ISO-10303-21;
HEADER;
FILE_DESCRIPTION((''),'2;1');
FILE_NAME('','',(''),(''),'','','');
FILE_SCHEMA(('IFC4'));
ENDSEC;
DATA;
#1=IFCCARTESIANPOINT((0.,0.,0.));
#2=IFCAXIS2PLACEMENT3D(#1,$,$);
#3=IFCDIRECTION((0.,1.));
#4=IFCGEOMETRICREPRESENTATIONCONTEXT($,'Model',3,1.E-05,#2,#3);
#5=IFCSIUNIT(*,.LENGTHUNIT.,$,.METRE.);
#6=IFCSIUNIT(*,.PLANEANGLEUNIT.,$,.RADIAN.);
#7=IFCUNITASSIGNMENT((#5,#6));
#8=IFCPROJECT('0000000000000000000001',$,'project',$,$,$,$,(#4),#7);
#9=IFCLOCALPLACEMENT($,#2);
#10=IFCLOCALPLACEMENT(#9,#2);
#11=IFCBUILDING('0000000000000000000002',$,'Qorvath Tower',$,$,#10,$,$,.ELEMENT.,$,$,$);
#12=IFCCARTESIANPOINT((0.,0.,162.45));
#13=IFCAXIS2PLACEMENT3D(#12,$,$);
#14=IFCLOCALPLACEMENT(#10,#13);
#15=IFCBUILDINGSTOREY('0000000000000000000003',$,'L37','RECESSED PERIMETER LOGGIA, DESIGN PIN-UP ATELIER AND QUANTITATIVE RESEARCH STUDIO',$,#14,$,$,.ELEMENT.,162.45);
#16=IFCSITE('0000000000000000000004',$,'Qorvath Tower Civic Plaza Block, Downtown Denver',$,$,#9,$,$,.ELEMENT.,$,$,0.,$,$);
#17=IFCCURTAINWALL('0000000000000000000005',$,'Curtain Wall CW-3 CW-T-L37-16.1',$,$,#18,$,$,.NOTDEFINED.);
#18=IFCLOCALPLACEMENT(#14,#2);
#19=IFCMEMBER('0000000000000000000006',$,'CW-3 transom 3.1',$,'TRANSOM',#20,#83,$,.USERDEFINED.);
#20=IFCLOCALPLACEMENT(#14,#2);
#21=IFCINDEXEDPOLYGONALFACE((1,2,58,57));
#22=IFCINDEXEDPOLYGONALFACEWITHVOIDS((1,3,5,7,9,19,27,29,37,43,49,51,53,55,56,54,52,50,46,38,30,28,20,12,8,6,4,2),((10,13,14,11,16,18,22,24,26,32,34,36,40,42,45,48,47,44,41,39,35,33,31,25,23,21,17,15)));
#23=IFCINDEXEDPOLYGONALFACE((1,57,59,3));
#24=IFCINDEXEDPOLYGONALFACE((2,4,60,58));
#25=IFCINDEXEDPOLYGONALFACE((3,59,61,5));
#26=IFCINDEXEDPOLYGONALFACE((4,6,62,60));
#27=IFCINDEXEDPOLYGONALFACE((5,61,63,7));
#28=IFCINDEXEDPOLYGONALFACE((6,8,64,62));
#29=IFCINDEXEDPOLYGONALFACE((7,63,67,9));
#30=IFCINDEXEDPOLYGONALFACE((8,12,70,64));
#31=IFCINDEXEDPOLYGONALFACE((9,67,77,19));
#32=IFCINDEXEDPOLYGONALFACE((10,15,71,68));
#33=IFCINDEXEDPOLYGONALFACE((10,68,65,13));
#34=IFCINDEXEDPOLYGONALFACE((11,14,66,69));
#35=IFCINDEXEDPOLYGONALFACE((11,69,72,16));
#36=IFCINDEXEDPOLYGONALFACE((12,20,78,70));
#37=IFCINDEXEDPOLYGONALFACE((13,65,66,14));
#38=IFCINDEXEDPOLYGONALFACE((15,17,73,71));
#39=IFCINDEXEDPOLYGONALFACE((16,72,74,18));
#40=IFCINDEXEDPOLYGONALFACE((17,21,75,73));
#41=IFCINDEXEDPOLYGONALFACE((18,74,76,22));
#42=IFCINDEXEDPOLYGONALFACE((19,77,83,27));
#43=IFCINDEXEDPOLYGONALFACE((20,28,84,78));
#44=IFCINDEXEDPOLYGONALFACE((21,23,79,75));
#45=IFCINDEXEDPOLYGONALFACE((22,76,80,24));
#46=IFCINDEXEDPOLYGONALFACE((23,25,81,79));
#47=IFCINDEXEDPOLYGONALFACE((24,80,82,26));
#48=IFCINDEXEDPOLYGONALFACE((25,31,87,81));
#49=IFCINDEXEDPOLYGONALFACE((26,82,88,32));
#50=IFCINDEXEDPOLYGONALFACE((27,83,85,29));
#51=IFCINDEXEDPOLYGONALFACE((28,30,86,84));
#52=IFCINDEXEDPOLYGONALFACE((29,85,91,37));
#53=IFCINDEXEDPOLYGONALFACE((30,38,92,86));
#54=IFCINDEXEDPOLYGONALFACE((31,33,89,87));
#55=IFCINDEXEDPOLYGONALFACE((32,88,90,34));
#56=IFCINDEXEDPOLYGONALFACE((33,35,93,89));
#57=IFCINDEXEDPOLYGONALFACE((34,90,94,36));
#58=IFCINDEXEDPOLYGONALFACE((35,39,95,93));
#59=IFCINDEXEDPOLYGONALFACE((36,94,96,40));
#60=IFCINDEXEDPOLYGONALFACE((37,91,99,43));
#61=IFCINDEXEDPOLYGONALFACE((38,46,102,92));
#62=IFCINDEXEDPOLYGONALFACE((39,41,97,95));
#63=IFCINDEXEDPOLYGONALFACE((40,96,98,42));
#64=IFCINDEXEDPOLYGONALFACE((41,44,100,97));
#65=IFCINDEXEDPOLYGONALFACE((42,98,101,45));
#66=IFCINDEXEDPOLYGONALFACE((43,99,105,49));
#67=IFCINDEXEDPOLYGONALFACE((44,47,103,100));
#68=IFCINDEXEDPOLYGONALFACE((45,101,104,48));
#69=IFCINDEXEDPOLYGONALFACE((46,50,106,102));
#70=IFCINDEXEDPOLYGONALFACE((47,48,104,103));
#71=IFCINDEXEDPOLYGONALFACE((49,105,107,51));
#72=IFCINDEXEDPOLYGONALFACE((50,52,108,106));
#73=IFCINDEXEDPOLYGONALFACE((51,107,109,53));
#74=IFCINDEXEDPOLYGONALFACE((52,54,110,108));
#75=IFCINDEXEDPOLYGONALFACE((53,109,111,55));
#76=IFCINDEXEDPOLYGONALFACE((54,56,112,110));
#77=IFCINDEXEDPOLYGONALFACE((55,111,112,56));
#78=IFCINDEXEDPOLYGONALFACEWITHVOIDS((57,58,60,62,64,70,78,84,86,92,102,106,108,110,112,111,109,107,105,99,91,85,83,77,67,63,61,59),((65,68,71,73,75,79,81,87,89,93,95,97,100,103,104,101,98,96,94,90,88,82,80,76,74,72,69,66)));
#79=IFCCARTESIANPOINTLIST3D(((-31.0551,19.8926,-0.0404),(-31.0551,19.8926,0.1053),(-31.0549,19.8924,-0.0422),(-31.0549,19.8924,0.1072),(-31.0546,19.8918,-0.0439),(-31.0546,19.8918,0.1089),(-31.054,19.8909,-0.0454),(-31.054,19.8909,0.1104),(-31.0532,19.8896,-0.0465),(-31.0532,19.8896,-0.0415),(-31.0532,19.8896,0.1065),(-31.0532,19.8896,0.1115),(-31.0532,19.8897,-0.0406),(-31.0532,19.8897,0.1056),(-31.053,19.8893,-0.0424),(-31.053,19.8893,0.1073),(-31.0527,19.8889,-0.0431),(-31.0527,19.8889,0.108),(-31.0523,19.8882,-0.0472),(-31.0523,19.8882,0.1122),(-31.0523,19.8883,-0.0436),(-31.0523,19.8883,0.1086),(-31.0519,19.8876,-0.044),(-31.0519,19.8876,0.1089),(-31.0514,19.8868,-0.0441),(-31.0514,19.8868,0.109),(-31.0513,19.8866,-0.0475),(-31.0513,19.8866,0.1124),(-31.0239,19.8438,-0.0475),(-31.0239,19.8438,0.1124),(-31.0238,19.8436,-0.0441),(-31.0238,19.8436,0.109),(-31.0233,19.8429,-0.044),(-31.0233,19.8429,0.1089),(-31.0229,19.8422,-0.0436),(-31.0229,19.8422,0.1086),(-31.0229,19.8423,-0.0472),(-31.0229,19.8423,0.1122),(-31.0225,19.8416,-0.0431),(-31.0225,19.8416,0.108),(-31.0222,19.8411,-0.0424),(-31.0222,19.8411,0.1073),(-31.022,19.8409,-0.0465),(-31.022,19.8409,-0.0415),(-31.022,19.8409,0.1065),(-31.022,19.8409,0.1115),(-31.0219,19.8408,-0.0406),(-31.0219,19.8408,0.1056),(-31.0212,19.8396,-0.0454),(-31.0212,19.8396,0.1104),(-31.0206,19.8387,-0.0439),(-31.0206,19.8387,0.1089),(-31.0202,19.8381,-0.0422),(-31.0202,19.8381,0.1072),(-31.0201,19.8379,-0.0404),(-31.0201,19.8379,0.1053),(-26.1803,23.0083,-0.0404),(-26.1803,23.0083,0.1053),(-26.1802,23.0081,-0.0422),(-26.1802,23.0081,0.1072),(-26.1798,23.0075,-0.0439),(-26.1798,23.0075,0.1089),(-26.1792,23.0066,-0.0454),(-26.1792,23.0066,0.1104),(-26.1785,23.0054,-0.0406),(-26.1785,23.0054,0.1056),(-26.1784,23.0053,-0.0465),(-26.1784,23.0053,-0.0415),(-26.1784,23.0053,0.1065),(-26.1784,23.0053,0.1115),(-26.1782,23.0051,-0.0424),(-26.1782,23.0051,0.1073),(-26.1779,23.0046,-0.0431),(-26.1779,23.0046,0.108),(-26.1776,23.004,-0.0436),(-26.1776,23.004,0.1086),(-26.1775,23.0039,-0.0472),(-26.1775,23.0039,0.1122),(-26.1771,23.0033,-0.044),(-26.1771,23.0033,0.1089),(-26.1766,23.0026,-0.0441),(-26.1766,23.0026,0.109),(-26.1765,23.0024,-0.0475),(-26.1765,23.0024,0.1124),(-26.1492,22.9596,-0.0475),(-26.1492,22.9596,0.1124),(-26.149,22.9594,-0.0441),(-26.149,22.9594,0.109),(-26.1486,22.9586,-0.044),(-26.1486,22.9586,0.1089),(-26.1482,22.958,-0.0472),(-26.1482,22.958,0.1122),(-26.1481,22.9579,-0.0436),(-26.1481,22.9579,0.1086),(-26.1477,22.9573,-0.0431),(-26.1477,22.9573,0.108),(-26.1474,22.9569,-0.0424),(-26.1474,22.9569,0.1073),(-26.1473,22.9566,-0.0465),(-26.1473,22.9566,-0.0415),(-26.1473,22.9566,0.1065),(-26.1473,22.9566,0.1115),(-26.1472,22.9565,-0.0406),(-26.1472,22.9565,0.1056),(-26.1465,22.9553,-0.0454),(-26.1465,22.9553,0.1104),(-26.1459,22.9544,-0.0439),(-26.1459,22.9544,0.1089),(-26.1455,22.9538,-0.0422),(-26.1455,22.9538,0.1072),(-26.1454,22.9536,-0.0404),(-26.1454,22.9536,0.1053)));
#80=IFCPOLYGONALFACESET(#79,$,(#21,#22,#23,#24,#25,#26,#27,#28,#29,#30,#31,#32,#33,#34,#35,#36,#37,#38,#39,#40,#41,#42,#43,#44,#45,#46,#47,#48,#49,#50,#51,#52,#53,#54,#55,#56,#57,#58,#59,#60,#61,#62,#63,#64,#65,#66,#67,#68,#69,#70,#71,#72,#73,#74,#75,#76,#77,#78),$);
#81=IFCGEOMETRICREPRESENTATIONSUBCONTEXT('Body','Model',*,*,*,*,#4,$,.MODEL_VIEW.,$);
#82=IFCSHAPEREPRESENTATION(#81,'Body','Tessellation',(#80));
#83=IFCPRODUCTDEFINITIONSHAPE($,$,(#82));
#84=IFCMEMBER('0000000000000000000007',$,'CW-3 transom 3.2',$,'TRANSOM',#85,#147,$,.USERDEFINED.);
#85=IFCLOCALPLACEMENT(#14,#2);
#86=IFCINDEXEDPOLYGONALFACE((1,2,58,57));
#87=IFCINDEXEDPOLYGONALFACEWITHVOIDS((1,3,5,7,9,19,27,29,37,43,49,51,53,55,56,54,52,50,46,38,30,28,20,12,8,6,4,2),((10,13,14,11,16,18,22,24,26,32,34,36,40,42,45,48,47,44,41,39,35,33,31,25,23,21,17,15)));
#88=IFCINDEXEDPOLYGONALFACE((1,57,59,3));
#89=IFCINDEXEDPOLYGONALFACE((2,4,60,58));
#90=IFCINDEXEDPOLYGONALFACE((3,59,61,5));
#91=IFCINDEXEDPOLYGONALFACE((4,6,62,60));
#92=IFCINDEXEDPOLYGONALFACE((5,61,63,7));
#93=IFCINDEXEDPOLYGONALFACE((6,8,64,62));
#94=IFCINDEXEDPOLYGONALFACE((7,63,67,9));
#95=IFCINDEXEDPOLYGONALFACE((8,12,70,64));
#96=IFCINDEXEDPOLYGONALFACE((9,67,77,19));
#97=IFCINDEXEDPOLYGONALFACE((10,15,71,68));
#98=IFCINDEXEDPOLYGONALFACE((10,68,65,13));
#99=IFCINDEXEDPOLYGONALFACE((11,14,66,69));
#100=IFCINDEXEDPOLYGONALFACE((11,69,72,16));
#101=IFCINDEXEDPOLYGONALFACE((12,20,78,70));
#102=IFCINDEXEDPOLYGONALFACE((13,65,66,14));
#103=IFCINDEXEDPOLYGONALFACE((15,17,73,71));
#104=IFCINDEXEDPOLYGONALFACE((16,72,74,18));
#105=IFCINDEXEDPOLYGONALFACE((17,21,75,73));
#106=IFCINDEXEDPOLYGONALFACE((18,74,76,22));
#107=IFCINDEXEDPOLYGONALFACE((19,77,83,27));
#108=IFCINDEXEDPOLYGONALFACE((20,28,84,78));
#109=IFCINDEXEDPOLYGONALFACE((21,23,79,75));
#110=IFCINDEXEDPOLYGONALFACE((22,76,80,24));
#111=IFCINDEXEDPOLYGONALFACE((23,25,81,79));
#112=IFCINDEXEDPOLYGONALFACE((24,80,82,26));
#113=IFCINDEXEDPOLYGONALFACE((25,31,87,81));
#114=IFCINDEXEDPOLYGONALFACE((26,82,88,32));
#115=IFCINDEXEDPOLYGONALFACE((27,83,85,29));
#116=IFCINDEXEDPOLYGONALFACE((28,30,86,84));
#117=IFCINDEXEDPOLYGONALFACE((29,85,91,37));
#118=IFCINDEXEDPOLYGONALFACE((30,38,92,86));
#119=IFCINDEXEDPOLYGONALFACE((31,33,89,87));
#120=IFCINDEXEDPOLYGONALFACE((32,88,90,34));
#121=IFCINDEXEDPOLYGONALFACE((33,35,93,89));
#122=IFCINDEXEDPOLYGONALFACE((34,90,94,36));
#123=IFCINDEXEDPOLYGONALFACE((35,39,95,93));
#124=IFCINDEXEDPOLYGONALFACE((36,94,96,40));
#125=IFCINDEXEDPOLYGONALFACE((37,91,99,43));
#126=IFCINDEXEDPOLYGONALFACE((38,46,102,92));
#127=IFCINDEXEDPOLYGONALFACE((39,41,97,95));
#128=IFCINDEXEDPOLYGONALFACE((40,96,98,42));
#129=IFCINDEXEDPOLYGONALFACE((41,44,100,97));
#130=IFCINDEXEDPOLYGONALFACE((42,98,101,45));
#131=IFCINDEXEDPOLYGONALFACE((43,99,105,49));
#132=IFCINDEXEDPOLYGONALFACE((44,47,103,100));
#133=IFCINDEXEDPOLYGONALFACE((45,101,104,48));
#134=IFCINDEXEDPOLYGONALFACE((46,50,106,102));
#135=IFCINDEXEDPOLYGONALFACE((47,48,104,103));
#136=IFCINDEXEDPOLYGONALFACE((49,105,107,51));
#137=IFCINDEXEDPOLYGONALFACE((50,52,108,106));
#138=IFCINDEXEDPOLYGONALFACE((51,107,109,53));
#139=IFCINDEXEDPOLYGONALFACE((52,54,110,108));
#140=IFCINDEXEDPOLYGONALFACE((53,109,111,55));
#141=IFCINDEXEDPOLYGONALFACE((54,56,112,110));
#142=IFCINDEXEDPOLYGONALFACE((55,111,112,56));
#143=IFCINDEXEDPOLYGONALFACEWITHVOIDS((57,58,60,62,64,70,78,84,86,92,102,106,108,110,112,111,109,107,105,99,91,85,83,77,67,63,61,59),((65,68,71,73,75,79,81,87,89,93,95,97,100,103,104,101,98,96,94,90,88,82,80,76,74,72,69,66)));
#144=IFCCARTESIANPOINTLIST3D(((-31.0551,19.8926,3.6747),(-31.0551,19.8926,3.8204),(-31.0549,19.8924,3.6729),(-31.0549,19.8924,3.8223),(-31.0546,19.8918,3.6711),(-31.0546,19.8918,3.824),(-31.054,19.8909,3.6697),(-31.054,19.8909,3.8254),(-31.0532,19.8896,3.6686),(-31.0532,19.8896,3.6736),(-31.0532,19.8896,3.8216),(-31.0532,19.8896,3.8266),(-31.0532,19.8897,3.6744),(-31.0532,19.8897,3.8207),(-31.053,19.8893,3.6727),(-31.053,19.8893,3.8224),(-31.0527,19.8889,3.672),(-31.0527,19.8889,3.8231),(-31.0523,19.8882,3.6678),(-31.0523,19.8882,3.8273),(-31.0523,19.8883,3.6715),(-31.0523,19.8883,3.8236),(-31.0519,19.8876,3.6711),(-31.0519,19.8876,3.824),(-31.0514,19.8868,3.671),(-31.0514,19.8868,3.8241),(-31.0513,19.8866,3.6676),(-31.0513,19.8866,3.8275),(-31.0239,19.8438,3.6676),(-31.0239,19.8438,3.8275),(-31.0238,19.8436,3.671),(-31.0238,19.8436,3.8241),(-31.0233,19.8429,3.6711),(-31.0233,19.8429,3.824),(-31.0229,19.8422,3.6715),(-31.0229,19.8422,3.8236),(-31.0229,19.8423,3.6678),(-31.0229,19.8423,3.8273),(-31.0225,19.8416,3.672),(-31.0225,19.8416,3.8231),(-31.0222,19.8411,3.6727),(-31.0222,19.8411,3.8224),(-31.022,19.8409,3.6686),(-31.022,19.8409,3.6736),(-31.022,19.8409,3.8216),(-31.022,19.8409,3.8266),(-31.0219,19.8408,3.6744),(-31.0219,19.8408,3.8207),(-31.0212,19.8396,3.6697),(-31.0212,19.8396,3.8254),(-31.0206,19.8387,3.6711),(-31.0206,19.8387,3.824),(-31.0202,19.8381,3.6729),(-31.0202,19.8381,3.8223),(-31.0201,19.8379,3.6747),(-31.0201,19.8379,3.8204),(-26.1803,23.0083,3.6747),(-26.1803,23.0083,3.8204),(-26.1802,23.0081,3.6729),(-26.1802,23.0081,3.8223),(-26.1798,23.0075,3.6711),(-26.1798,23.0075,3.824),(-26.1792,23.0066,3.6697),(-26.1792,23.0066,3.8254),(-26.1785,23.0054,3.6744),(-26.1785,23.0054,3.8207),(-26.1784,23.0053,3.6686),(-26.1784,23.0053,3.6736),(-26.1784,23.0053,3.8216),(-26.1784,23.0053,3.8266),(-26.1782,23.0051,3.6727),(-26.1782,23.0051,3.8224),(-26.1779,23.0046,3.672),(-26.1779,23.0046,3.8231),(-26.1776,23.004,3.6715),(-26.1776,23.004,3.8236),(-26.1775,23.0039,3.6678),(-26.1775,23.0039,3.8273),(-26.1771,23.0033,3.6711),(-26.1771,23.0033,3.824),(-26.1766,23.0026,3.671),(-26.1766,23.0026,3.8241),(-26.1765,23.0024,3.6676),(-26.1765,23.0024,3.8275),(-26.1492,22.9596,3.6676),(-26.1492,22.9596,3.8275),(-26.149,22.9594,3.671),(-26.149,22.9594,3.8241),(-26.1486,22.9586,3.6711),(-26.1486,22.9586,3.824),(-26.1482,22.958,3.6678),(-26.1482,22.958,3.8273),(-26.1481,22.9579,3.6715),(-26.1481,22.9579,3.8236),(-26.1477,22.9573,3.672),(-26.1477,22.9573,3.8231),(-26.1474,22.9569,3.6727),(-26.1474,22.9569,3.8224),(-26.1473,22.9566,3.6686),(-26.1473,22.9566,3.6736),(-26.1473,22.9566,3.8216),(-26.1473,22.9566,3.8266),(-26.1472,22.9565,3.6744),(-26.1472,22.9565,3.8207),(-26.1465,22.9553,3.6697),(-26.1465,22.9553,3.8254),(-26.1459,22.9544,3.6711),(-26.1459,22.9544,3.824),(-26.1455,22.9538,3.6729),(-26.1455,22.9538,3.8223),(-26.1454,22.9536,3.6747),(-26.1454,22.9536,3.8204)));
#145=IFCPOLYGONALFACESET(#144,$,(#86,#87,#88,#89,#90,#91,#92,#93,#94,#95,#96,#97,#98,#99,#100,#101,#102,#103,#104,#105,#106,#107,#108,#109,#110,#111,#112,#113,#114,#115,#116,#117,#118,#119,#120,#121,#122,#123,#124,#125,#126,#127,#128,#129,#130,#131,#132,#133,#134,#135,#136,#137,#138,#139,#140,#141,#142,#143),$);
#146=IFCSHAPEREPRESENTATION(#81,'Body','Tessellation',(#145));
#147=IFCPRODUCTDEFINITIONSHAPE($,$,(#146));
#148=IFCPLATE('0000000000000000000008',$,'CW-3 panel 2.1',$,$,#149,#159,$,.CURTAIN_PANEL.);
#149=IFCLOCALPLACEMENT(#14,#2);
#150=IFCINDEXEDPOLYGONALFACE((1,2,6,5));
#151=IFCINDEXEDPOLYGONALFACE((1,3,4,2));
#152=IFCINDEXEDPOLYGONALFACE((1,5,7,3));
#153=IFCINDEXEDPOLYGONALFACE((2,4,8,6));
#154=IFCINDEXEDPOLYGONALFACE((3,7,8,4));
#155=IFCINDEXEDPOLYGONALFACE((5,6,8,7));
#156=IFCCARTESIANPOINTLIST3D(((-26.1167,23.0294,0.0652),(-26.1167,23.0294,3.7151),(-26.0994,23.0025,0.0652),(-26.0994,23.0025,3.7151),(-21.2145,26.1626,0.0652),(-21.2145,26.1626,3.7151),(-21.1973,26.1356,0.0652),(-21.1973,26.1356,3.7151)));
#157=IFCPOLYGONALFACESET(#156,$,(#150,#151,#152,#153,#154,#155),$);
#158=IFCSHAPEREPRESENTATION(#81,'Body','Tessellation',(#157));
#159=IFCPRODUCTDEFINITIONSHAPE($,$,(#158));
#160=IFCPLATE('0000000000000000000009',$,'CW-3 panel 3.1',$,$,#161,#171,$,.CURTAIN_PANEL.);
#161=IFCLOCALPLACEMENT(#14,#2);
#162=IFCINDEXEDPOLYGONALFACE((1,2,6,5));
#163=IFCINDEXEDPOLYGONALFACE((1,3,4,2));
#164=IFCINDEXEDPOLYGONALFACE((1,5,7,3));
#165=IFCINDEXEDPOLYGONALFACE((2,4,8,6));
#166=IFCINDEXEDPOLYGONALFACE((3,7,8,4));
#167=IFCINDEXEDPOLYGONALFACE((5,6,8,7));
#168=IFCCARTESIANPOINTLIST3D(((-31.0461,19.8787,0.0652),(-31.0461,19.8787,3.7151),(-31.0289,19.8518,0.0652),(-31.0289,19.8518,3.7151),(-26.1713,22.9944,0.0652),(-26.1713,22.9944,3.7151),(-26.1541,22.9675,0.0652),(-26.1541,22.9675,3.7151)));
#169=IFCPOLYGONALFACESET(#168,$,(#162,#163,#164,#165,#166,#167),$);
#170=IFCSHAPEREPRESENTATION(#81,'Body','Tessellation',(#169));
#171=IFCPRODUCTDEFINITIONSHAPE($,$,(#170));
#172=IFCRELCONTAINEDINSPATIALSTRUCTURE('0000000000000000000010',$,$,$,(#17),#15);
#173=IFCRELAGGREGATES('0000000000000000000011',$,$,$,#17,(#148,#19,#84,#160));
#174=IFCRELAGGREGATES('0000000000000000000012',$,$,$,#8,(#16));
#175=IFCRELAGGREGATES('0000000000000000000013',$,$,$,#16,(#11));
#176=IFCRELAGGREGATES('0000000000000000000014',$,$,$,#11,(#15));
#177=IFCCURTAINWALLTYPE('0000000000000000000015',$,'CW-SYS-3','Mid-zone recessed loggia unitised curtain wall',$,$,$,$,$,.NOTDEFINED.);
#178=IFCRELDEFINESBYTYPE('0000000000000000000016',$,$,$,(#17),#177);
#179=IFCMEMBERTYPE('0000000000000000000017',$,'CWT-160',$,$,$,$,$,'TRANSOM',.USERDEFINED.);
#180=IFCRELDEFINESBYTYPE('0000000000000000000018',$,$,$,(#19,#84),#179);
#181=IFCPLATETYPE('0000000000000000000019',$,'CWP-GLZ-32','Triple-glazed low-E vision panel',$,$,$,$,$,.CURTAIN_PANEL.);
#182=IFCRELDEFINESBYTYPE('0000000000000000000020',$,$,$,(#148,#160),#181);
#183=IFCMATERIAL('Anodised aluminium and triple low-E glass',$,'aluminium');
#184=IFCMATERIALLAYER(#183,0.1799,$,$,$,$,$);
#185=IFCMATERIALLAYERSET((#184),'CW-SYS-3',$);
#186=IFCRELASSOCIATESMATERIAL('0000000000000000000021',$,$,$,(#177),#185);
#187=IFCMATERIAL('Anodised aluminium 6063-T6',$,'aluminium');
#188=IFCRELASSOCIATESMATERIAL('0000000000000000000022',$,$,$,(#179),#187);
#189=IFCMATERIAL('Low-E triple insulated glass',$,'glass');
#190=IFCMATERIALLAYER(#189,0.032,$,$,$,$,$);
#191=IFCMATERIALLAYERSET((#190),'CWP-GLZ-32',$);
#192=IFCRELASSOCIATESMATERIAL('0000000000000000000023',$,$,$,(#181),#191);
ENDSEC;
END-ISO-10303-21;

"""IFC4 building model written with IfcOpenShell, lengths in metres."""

from ifc_helpers import new_model, si_unit, direction, frame, origin, origin_2d, place, context, subcontext, project, spatial, rectangle, hollow_rectangle, extrude, material, layer, layer_set, material_profile, profile_set, type_object, element, aggregate, save


model = new_model("IFC4")

# Units and contexts
model_context = context("Model", 3, precision=1e-05, world=origin(), true_north=direction((0.0, 1.0)))
body_context = subcontext(model_context, "Body", "Model", "MODEL_VIEW")
ifc_project = project(units=[si_unit("LENGTHUNIT", "METRE"), si_unit("PLANEANGLEUNIT", "RADIAN")], contexts=[model_context])

# Site, building, storey
site_placement = place(None, origin())
site = spatial("IfcSite", under=ifc_project, at=site_placement, Name="Qorvath Tower Civic Plaza Block, Downtown Denver", CompositionType="ELEMENT", RefElevation=0.0)
building_placement = place(site_placement, origin())
building = spatial("IfcBuilding", under=site, at=building_placement, Name="Qorvath Tower", CompositionType="ELEMENT")
storey_placement = place(building_placement, frame((0.0, 0.0, 162.45)))
storey = spatial("IfcBuildingStorey", under=building, at=storey_placement, Name="L37", Description="RECESSED PERIMETER LOGGIA, DESIGN PIN-UP ATELIER AND QUANTITATIVE RESEARCH STUDIO", CompositionType="ELEMENT", Elevation=162.45)

# Curtain wall, members, plates
ifc_material_1 = material(Name="Anodised aluminium and triple low-E glass", Category="aluminium")
ifc_layer_1 = layer(ifc_material_1, 0.1799)
ifc_layer_set_1 = layer_set([ifc_layer_1], Name="CW-SYS-3")
curtain_wall_type = type_object("IfcCurtainWallType", Name="CW-SYS-3", Description="Mid-zone recessed loggia unitised curtain wall", PredefinedType="NOTDEFINED", material=ifc_layer_set_1)
curtain_wall_placement = place(storey_placement, origin())
curtain_wall = element("IfcCurtainWall", 1, at=curtain_wall_placement, inside=storey, type_object=curtain_wall_type, Name="Curtain Wall CW-3 CW-T-L37-16.1", PredefinedType="NOTDEFINED")
ifc_material_2 = material(Name="Anodised aluminium 6063-T6", Category="aluminium")
ifc_material_profile_1 = material_profile(ifc_material_2, hollow_rectangle(XDim=0.0649, YDim=0.1599, WallThickness=0.0034, InnerFilletRadius=0.0034, OuterFilletRadius=0.0071, at=origin_2d()), Name="CWT 160x65")
ifc_profile_set_1 = profile_set([ifc_material_profile_1], Name="Anodised aluminium 6063-T6")
member_type_1 = type_object("IfcMemberType", Name="CWT-160", ElementType="TRANSOM", PredefinedType="USERDEFINED", material=ifc_profile_set_1)
member_1_placement = place(storey_placement, frame((-26.1628, 22.981, 0.0325), z_axis=(-0.842595, -0.538548, 0.0), x_axis=(0.538548, -0.842595, 0.0)))
member_1 = element("IfcMember", 2, at=member_1_placement, type_object=member_type_1, Name="CW-3 transom 3.1", ObjectType="TRANSOM", PredefinedType="USERDEFINED", context=body_context, shape_type="SweptSolid", body=[
    extrude(hollow_rectangle(XDim=0.0649, YDim=0.1599, WallThickness=0.0034, InnerFilletRadius=0.0034, OuterFilletRadius=0.0071, at=origin_2d()), origin(), (0.0, 0.0, 1.0), 5.7854),
])
member_2_placement = place(storey_placement, frame((-26.1628, 22.981, 3.7476), z_axis=(-0.842595, -0.538548, 0.0), x_axis=(0.538548, -0.842595, 0.0)))
member_2 = element("IfcMember", 3, at=member_2_placement, type_object=member_type_1, Name="CW-3 transom 3.2", ObjectType="TRANSOM", PredefinedType="USERDEFINED", context=body_context, shape_type="SweptSolid", body=[
    extrude(hollow_rectangle(XDim=0.0649, YDim=0.1599, WallThickness=0.0034, InnerFilletRadius=0.0034, OuterFilletRadius=0.0071, at=origin_2d()), origin(), (0.0, 0.0, 1.0), 5.7854),
])
ifc_material_3 = material(Name="Low-E triple insulated glass", Category="glass")
ifc_layer_2 = layer(ifc_material_3, 0.032)
ifc_layer_set_2 = layer_set([ifc_layer_2], Name="CWP-GLZ-32")
plate_type = type_object("IfcPlateType", Name="CWP-GLZ-32", Description="Triple-glazed low-E vision panel", PredefinedType="CURTAIN_PANEL", material=ifc_layer_set_2)
plate_1_placement = place(storey_placement, frame((-23.657, 24.5825, 0.0652), z_axis=(0.0, 0.0, 1.0), x_axis=(-0.8426, -0.53854, 0.0)))
plate_1 = element("IfcPlate", 4, at=plate_1_placement, type_object=plate_type, Name="CW-3 panel 2.1", PredefinedType="CURTAIN_PANEL", context=body_context, shape_type="SweptSolid", body=[
    extrude(rectangle(XDim=5.8179, YDim=0.032, at=origin_2d()), origin(), (0.0, 0.0, 1.0), 3.6499),
])
plate_2_placement = place(storey_placement, frame((-28.6001, 21.4231, 0.0652), z_axis=(0.0, 0.0, 1.0), x_axis=(-0.8426, -0.53854, 0.0)))
plate_2 = element("IfcPlate", 5, at=plate_2_placement, type_object=plate_type, Name="CW-3 panel 3.1", PredefinedType="CURTAIN_PANEL", context=body_context, shape_type="SweptSolid", body=[
    extrude(rectangle(XDim=5.7854, YDim=0.032, at=origin_2d()), origin(), (0.0, 0.0, 1.0), 3.6499),
])
aggregate(curtain_wall, [plate_1, member_1, member_2, plate_2])

save(model, "model.ifc")
